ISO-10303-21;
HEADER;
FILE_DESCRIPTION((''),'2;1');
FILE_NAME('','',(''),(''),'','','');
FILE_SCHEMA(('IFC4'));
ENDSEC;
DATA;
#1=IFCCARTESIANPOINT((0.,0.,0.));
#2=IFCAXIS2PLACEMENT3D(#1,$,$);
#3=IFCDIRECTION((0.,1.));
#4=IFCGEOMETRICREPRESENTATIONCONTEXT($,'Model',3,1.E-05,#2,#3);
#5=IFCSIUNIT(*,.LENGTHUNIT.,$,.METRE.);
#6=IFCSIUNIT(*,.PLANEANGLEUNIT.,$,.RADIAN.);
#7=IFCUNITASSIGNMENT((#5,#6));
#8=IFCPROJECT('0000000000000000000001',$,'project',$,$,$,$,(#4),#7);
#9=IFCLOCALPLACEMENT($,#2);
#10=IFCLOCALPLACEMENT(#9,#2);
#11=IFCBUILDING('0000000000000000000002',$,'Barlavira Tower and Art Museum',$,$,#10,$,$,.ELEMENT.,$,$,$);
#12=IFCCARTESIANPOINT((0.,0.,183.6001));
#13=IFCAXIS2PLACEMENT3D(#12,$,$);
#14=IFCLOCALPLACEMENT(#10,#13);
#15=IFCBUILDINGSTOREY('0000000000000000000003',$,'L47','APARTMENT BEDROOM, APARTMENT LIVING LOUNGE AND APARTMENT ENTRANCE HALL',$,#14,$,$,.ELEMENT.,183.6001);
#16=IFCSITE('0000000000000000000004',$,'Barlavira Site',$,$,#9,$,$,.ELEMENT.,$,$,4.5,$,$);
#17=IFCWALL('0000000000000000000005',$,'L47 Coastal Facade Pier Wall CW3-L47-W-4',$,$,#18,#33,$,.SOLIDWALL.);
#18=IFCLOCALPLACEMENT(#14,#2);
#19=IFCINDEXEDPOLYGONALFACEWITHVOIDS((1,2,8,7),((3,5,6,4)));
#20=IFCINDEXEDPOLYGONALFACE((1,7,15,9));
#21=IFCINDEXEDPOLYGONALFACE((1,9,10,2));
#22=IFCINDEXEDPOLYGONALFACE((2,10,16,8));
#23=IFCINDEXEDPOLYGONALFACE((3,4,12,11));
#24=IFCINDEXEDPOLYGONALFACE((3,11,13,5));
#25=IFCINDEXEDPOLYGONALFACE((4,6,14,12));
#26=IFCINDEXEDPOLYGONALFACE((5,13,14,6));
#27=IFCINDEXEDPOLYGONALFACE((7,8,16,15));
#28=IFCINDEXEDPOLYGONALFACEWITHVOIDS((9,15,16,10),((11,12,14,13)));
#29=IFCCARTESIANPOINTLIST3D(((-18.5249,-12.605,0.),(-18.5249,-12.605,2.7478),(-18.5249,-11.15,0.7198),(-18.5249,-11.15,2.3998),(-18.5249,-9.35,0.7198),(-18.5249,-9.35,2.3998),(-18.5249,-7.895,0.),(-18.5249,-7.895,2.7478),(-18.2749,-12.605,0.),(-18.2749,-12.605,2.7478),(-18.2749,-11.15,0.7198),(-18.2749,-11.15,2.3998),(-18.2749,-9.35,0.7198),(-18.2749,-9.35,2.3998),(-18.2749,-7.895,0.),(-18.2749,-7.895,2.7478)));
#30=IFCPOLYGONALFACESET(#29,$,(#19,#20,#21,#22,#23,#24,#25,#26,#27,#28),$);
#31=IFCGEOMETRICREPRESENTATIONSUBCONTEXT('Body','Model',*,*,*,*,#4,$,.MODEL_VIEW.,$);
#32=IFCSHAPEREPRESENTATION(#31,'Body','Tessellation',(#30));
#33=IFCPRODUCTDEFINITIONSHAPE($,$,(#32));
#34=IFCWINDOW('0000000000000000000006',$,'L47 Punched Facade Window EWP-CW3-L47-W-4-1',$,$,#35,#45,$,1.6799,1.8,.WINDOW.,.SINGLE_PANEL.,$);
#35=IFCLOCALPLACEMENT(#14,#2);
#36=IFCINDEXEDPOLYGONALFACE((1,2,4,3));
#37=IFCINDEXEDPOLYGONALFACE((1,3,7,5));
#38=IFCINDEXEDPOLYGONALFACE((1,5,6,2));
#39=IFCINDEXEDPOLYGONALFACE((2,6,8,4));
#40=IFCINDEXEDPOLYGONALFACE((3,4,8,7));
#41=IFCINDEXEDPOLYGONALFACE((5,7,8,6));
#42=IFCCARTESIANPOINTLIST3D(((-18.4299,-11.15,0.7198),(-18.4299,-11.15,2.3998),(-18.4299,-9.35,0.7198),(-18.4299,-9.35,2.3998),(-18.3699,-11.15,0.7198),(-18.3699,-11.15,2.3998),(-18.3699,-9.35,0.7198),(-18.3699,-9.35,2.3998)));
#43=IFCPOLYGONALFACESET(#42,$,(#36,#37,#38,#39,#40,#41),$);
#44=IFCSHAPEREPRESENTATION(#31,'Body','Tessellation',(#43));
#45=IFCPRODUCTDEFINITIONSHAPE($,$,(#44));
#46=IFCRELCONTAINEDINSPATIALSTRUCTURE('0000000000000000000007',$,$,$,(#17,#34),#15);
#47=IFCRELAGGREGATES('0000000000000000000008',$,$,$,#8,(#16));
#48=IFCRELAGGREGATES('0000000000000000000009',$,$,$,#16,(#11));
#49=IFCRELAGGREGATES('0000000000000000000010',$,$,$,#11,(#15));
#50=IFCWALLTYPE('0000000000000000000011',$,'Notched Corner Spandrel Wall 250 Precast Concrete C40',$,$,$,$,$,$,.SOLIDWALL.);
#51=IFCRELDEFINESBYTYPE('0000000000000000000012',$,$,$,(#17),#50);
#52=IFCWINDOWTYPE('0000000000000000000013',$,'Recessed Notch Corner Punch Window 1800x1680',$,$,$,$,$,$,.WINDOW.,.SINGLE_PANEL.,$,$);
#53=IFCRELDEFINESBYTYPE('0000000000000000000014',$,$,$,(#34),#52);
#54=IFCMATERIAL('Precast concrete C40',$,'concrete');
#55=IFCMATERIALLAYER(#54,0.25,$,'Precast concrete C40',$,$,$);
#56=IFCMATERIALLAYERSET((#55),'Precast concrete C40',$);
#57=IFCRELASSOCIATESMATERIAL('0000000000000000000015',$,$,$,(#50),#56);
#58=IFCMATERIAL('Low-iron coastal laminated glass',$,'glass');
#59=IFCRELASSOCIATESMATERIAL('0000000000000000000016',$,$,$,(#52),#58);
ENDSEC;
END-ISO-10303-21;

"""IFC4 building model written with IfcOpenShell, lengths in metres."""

from ifc_helpers import new_model, si_unit, direction, frame, frame_2d, origin, place, context, subcontext, project, spatial, rectangle, extrude, material, layer, layer_set, type_object, element, fill, save


model = new_model("IFC4")

# Units and contexts
model_context = context("Model", 3, precision=1e-05, world=origin(), true_north=direction((0.0, 1.0)))
body_context = subcontext(model_context, "Body", "Model", "MODEL_VIEW")
ifc_project = project(units=[si_unit("LENGTHUNIT", "METRE"), si_unit("PLANEANGLEUNIT", "RADIAN")], contexts=[model_context])

# Site, building, storey
site_placement = place(None, origin())
site = spatial("IfcSite", under=ifc_project, at=site_placement, Name="Barlavira Site", CompositionType="ELEMENT", RefElevation=4.5)
building_placement = place(site_placement, origin())
building = spatial("IfcBuilding", under=site, at=building_placement, Name="Barlavira Tower and Art Museum", CompositionType="ELEMENT")
storey_placement = place(building_placement, frame((0.0, 0.0, 183.6001)))
storey = spatial("IfcBuildingStorey", under=building, at=storey_placement, Name="L47", Description="APARTMENT BEDROOM, APARTMENT LIVING LOUNGE AND APARTMENT ENTRANCE HALL", CompositionType="ELEMENT", Elevation=183.6001)

# Shared definitions
ifc_material_1 = material(Name="Low-iron coastal laminated glass", Category="glass")

# Wall, opening, window
ifc_material_2 = material(Name="Precast concrete C40", Category="concrete")
ifc_layer_1 = layer(ifc_material_2, 0.25, Name="Precast concrete C40")
ifc_layer_set_1 = layer_set([ifc_layer_1], Name="Precast concrete C40")
wall_type_1 = type_object("IfcWallType", Name="Notched Corner Spandrel Wall 250 Precast Concrete C40", PredefinedType="SOLIDWALL", material=ifc_layer_set_1)
wall_1_placement = place(storey_placement, frame((-18.3999, -7.895, 0.0), z_axis=(0.0, 0.0, 1.0), x_axis=(0.0, -1.0, 0.0)))
wall_1 = element("IfcWall", 1, at=wall_1_placement, inside=storey, type_object=wall_type_1, Name="L47 Coastal Facade Pier Wall CW3-L47-W-4", PredefinedType="SOLIDWALL", context=body_context, shape_type="SweptSolid", body=[
    extrude(rectangle(XDim=4.71, YDim=0.25, at=frame_2d((2.355, 0.0))), origin(), (0.0, 0.0, 1.0), 2.7478),
])
opening_1_placement = place(wall_1_placement, frame((1.4551, 0.0, 0.72)))
opening_1 = element("IfcOpeningElement", 2, at=opening_1_placement, cuts=wall_1, PredefinedType="OPENING", context=body_context, shape_type="SweptSolid", body=[
    extrude(rectangle(XDim=1.8, YDim=1.6799, at=frame_2d((0.8999, 0.8398))), frame((0.0, 0.135, 0.0), z_axis=(0.0, -1.0, 0.0), x_axis=(1.0, 0.0, 0.0)), (0.0, 0.0, 1.0), 0.27),
])
window_type = type_object("IfcWindowType", Name="Recessed Notch Corner Punch Window 1800x1680", PartitioningType="SINGLE_PANEL", PredefinedType="WINDOW", material=ifc_material_1)
window_placement = place(opening_1_placement, origin())
window = element("IfcWindow", 3, at=window_placement, inside=storey, type_object=window_type, Name="L47 Punched Facade Window EWP-CW3-L47-W-4-1", OverallHeight=1.6799, OverallWidth=1.8, PartitioningType="SINGLE_PANEL", PredefinedType="WINDOW", context=body_context, shape_type="SweptSolid", body=[
    extrude(rectangle(XDim=1.8, YDim=1.6799, at=frame_2d((0.8999, 0.8398))), frame((0.0, 0.03, 0.0), z_axis=(0.0, -1.0, 0.0), x_axis=(1.0, 0.0, 0.0)), (0.0, 0.0, 1.0), 0.0601),
])
fill(opening_1, window)

save(model, "model.ifc")
